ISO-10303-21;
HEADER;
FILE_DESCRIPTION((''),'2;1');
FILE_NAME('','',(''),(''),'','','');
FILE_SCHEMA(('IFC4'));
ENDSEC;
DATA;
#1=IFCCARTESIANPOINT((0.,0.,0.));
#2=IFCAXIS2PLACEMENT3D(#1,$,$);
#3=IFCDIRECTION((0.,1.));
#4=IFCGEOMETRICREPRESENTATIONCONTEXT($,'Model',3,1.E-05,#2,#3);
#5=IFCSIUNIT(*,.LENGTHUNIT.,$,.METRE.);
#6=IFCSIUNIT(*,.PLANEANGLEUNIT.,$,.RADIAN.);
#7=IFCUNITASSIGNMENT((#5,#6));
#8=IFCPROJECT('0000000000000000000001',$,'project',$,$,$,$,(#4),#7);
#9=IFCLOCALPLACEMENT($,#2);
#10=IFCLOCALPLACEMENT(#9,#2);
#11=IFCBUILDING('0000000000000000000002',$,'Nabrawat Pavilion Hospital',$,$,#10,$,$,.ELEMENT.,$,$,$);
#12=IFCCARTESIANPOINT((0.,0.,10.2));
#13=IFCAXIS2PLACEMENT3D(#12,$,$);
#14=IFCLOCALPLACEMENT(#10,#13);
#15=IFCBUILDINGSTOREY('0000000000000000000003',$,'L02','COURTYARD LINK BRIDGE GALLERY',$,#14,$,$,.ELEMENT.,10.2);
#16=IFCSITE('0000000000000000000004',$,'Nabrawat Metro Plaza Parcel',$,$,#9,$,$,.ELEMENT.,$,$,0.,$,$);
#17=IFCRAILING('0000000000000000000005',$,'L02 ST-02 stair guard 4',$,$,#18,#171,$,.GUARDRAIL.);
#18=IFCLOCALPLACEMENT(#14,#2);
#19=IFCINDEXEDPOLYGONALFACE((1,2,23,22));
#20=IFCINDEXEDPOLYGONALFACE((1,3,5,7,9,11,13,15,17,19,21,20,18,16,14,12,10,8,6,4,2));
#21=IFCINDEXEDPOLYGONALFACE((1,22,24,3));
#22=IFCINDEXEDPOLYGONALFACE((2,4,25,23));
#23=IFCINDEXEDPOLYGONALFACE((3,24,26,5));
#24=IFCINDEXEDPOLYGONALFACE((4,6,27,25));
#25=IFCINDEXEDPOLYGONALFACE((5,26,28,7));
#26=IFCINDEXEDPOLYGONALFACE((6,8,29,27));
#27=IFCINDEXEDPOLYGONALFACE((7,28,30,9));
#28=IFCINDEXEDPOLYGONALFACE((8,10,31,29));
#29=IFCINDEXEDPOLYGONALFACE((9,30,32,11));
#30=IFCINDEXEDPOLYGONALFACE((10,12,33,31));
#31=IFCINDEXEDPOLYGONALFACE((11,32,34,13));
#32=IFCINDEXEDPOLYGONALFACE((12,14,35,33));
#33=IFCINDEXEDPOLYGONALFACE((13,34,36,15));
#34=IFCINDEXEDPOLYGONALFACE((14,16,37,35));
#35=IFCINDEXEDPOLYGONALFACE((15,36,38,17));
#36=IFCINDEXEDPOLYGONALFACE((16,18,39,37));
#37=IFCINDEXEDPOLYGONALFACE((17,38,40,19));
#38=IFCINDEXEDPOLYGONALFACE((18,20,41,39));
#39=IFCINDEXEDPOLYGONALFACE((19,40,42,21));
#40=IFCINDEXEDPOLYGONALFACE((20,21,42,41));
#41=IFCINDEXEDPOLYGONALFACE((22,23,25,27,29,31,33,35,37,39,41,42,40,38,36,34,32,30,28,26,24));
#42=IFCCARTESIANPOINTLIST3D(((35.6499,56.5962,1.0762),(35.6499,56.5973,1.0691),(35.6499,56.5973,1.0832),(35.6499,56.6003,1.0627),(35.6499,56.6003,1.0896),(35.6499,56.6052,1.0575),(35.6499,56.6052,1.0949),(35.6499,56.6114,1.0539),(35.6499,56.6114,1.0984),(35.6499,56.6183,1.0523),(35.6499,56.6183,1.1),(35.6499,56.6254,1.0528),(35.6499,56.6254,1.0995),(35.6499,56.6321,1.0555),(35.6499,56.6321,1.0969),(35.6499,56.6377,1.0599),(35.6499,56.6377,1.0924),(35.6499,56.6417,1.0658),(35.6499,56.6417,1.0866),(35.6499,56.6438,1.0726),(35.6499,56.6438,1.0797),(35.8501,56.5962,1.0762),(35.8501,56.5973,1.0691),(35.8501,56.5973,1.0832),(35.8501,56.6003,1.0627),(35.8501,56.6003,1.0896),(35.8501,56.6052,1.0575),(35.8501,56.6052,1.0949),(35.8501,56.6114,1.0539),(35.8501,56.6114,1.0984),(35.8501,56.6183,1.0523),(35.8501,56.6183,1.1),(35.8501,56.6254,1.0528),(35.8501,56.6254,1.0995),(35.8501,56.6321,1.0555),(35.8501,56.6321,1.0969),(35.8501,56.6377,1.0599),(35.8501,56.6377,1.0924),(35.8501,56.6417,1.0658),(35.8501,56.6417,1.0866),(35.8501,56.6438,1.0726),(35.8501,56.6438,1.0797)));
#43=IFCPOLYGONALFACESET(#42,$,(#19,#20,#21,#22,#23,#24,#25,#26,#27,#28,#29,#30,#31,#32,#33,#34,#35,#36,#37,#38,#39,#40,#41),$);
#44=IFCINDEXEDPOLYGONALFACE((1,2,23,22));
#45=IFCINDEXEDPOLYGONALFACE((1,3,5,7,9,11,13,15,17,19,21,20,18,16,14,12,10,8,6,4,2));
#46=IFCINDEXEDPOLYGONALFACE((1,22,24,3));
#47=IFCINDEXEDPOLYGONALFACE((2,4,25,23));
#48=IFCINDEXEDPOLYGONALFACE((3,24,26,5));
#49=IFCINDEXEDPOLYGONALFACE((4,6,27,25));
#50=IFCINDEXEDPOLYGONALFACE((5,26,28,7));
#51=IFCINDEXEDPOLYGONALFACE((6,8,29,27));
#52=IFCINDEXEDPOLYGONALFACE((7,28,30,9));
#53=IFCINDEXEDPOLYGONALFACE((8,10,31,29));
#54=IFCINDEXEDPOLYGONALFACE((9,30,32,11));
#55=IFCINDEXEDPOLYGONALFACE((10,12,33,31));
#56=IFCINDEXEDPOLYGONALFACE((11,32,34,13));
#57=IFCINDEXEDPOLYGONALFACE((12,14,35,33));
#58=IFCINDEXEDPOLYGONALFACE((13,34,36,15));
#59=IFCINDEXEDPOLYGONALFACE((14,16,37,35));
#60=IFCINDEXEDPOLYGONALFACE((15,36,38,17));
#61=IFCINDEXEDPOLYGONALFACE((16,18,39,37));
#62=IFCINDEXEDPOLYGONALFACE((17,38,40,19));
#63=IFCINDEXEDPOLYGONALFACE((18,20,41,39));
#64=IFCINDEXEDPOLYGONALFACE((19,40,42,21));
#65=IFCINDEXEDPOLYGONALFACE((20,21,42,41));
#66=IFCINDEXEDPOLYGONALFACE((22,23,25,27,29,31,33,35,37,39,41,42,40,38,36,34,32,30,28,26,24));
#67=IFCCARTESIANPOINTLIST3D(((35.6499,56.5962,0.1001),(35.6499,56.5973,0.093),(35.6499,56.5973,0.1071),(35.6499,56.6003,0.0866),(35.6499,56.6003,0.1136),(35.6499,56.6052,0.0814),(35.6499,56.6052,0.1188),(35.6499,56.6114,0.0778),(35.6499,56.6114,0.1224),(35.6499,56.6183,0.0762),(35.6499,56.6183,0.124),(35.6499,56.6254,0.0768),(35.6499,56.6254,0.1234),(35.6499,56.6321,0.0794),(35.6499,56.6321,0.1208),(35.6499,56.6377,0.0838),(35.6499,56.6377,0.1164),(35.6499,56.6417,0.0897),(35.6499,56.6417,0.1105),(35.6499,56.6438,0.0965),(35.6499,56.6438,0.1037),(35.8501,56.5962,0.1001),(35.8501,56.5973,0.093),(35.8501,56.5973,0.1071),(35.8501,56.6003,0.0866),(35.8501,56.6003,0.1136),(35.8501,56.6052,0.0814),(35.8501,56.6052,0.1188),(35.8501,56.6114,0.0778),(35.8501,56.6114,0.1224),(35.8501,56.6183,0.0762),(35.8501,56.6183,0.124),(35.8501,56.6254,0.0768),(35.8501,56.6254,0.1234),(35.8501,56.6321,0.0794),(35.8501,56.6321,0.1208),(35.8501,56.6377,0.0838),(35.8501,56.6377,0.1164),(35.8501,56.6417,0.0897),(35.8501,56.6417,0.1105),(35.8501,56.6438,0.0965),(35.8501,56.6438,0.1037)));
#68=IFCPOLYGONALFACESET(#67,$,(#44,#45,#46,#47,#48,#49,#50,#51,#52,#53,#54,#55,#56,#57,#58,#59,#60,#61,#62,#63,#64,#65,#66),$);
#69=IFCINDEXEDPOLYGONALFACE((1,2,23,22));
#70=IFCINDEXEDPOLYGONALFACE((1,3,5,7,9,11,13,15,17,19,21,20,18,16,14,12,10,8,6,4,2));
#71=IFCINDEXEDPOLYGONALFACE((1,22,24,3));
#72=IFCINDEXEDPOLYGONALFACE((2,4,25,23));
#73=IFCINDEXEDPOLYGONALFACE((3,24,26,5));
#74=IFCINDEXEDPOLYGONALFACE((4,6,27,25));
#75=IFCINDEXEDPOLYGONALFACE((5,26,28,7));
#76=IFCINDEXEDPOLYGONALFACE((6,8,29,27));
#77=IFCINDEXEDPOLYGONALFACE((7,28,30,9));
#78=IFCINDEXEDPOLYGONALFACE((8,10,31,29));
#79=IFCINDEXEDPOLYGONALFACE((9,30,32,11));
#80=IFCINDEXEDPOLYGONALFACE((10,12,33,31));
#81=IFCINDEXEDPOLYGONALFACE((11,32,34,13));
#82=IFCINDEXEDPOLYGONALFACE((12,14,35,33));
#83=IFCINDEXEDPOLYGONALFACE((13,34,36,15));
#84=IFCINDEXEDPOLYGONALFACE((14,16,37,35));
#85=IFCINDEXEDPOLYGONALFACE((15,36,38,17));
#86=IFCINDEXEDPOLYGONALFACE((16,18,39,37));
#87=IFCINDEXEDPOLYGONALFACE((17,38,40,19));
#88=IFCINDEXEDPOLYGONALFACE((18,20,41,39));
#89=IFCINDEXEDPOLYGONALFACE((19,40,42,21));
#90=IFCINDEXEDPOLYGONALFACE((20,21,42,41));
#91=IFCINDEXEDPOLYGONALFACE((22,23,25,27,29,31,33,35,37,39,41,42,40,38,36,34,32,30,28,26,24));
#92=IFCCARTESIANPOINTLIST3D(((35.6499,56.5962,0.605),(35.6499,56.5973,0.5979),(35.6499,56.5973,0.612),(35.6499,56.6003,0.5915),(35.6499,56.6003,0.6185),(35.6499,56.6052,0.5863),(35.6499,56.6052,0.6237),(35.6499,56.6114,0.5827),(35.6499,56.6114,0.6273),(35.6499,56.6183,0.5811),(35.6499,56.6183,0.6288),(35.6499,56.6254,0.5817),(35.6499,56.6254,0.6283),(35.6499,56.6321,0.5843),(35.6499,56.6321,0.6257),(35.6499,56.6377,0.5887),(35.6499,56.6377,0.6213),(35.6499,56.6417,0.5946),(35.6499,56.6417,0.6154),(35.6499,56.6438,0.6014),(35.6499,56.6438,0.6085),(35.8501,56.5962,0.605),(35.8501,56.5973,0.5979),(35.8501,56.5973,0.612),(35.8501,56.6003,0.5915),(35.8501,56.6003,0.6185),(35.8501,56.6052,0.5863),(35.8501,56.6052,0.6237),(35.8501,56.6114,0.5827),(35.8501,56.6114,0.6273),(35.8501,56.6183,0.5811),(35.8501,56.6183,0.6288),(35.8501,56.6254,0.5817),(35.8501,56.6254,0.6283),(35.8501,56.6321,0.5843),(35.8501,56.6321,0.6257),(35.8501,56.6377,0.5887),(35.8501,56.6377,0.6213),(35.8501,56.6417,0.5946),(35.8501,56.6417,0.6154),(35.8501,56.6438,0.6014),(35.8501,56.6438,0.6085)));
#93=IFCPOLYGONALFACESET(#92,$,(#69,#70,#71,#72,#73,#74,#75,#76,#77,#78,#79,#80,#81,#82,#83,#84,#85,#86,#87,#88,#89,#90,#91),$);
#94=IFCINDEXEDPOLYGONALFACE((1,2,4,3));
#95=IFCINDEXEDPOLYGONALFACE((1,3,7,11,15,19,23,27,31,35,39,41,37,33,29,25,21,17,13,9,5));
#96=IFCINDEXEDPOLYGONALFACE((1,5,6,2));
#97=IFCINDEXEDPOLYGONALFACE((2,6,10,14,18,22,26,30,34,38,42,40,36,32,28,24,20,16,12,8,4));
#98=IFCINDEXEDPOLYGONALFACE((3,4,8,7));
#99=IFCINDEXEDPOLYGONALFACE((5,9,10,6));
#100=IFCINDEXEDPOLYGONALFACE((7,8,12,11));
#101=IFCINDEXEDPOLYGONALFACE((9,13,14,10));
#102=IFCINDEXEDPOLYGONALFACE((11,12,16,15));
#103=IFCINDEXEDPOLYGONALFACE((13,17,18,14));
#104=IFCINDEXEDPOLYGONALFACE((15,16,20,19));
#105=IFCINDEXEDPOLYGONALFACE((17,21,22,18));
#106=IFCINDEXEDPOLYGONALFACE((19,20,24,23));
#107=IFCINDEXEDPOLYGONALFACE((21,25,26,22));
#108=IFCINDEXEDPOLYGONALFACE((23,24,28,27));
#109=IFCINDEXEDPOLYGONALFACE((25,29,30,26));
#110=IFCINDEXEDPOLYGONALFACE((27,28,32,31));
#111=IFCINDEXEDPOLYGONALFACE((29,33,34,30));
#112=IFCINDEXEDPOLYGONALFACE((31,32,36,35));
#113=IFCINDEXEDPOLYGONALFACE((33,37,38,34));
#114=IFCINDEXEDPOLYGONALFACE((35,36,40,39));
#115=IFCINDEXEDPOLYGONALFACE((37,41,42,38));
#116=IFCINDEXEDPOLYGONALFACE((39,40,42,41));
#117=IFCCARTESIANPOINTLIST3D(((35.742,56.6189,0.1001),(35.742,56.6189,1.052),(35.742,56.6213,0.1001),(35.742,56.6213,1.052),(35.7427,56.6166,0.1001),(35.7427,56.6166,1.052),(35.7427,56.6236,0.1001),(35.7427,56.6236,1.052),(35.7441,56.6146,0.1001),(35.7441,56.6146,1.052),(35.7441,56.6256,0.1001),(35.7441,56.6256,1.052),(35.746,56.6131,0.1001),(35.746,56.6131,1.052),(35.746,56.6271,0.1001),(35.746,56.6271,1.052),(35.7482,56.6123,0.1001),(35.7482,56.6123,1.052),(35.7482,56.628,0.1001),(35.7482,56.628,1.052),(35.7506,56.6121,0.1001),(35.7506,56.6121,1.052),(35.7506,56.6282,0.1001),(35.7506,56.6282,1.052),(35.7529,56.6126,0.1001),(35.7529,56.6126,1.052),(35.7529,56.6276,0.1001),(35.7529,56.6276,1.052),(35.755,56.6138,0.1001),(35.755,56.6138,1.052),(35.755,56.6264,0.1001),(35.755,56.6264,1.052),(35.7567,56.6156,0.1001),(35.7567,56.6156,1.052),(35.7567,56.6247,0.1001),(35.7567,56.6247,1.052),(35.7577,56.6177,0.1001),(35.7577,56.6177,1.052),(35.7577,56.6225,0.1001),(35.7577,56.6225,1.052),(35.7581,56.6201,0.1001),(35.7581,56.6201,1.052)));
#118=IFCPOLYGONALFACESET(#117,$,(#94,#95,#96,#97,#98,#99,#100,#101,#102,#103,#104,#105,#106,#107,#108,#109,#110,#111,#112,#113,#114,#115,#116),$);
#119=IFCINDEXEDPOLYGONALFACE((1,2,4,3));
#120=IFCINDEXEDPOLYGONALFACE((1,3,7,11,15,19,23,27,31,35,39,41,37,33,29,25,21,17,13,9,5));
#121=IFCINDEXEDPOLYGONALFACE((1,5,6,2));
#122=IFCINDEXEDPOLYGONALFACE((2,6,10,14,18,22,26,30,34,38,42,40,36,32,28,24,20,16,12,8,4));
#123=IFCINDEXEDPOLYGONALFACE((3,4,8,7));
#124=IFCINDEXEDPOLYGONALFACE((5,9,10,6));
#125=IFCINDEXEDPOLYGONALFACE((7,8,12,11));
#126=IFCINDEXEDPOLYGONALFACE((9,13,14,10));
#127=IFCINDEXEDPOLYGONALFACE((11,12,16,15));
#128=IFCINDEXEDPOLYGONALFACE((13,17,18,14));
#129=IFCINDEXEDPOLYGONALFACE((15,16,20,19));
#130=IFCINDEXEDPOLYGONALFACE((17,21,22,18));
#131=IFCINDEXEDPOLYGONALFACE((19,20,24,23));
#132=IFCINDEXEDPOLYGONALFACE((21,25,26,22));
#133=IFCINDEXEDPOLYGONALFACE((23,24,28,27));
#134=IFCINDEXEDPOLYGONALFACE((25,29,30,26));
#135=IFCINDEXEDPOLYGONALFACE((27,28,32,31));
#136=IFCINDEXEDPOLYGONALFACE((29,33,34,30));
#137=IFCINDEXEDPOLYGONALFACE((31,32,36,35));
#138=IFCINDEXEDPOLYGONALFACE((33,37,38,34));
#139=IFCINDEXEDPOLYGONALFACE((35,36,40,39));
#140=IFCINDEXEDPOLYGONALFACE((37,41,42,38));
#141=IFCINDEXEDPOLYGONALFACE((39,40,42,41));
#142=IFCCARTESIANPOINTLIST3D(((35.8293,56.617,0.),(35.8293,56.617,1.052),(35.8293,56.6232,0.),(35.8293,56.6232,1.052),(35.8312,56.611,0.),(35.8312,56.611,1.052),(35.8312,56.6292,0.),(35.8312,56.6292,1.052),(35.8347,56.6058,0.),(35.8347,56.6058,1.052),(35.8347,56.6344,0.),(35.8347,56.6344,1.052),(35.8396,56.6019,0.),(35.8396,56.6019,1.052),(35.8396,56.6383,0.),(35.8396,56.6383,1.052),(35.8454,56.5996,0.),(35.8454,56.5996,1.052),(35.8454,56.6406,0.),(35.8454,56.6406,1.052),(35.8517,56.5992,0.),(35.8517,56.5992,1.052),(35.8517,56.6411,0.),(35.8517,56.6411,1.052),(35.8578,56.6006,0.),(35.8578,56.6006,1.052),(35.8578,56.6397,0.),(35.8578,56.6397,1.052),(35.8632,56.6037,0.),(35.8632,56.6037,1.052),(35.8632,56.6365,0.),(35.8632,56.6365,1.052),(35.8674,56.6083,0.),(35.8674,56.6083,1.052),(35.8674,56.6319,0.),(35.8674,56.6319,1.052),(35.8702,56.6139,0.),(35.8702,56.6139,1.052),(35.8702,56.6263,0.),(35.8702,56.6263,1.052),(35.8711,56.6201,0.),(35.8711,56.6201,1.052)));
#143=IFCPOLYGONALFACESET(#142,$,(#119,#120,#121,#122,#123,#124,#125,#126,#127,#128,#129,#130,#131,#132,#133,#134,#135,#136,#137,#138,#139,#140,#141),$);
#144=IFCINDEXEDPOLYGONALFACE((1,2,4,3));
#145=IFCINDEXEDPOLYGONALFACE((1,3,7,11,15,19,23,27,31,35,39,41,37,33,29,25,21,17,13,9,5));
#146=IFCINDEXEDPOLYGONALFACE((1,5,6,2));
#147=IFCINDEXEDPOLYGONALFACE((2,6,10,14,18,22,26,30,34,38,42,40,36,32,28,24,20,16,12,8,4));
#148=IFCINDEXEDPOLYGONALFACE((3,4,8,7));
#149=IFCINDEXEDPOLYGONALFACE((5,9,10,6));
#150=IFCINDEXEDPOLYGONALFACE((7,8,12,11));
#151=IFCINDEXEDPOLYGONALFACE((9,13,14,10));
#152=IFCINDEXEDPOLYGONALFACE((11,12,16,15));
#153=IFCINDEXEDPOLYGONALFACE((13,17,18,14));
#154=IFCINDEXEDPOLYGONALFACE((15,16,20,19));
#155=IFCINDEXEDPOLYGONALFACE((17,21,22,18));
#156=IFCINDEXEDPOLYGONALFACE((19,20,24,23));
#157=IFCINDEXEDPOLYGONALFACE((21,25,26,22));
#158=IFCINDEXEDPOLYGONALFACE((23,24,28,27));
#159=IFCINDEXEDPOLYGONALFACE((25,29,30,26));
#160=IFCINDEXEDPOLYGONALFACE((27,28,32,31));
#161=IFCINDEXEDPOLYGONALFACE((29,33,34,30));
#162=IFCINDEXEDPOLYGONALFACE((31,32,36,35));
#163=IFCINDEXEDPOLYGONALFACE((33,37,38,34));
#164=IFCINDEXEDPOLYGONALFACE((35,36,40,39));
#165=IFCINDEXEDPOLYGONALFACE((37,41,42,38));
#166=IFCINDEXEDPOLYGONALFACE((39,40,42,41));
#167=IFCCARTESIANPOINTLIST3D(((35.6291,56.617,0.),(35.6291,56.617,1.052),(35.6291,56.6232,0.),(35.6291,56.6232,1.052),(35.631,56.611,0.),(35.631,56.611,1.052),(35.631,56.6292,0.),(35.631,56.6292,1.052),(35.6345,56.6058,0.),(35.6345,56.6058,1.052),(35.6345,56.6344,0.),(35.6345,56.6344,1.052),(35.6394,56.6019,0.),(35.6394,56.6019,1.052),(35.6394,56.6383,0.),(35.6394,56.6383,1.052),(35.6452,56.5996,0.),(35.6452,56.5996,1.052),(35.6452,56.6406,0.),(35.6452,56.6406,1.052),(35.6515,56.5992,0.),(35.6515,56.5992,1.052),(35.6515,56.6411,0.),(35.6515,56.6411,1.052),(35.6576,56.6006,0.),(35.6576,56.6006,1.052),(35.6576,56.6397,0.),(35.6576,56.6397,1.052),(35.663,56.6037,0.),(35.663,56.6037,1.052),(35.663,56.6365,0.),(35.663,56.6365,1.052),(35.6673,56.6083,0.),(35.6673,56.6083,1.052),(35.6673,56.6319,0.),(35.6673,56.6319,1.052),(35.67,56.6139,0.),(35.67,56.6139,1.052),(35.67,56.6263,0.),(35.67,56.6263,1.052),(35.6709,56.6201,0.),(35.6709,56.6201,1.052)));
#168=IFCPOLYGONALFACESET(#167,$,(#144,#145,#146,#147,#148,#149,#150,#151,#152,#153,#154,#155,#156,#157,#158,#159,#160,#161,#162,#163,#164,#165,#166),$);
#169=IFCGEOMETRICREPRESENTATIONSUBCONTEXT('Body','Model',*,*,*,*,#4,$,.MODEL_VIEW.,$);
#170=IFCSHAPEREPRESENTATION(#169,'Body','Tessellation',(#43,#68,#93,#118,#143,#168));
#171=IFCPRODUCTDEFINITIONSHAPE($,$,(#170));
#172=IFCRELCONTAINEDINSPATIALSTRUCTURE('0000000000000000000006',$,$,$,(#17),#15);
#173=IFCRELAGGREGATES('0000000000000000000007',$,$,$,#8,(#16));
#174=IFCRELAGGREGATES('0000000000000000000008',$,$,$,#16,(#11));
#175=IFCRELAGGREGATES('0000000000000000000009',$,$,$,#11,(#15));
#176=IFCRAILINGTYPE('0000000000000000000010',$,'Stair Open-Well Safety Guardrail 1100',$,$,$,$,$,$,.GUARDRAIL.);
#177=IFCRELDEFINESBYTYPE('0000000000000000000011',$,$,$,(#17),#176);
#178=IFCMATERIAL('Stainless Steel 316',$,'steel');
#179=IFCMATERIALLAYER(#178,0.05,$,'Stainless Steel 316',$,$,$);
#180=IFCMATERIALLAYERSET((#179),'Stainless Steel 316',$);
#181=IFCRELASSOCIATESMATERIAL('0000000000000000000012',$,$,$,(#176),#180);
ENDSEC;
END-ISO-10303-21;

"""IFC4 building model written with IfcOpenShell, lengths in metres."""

from ifc_helpers import new_model, si_unit, direction, frame, origin, origin_2d, place, context, subcontext, project, spatial, circle, extrude, material, layer, layer_set, type_object, element, save


model = new_model("IFC4")

# Units and contexts
model_context = context("Model", 3, precision=1e-05, world=origin(), true_north=direction((0.0, 1.0)))
body_context = subcontext(model_context, "Body", "Model", "MODEL_VIEW")
ifc_project = project(units=[si_unit("LENGTHUNIT", "METRE"), si_unit("PLANEANGLEUNIT", "RADIAN")], contexts=[model_context])

# Site, building, storey
site_placement = place(None, origin())
site = spatial("IfcSite", under=ifc_project, at=site_placement, Name="Nabrawat Metro Plaza Parcel", CompositionType="ELEMENT", RefElevation=0.0)
building_placement = place(site_placement, origin())
building = spatial("IfcBuilding", under=site, at=building_placement, Name="Nabrawat Pavilion Hospital", CompositionType="ELEMENT")
storey_placement = place(building_placement, frame((0.0, 0.0, 10.2)))
storey = spatial("IfcBuildingStorey", under=building, at=storey_placement, Name="L02", Description="COURTYARD LINK BRIDGE GALLERY", CompositionType="ELEMENT", Elevation=10.2)

# Railing
ifc_material_1 = material(Name="Stainless Steel 316", Category="steel")
ifc_layer_1 = layer(ifc_material_1, 0.05, Name="Stainless Steel 316")
ifc_layer_set_1 = layer_set([ifc_layer_1], Name="Stainless Steel 316")
railing_type_1 = type_object("IfcRailingType", Name="Stair Open-Well Safety Guardrail 1100", PredefinedType="GUARDRAIL", material=ifc_layer_set_1)
railing_1_placement = place(storey_placement, frame((35.8501, 56.6201, 0.0)))
element("IfcRailing", 1, at=railing_1_placement, inside=storey, type_object=railing_type_1, Name="L02 ST-02 stair guard 4", PredefinedType="GUARDRAIL", context=body_context, shape_type="SweptSolid", body=[
    extrude(circle(Radius=0.0239, at=origin_2d()), frame((0.0, 0.0, 1.0762), z_axis=(-1.0, 0.0, 0.0), x_axis=(0.0, -1.0, 0.0)), (0.0, 0.0, 1.0), 0.2002),
    extrude(circle(Radius=0.0239, at=origin_2d()), frame((0.0, 0.0, 0.1001), z_axis=(-1.0, 0.0, 0.0), x_axis=(0.0, -1.0, 0.0)), (0.0, 0.0, 1.0), 0.2002),
    extrude(circle(Radius=0.0239, at=origin_2d()), frame((0.0, 0.0, 0.605), z_axis=(-1.0, 0.0, 0.0), x_axis=(0.0, -1.0, 0.0)), (0.0, 0.0, 1.0), 0.2002),
    extrude(circle(Radius=0.0081, at=origin_2d()), frame((-0.1001, 0.0, 0.1001)), (0.0, 0.0, 1.0), 0.9519),
    extrude(circle(Radius=0.021, at=origin_2d()), origin(), (0.0, 0.0, 1.0), 1.052),
    extrude(circle(Radius=0.021, at=origin_2d()), frame((-0.2002, 0.0, 0.0)), (0.0, 0.0, 1.0), 1.052),
])

save(model, "model.ifc")
